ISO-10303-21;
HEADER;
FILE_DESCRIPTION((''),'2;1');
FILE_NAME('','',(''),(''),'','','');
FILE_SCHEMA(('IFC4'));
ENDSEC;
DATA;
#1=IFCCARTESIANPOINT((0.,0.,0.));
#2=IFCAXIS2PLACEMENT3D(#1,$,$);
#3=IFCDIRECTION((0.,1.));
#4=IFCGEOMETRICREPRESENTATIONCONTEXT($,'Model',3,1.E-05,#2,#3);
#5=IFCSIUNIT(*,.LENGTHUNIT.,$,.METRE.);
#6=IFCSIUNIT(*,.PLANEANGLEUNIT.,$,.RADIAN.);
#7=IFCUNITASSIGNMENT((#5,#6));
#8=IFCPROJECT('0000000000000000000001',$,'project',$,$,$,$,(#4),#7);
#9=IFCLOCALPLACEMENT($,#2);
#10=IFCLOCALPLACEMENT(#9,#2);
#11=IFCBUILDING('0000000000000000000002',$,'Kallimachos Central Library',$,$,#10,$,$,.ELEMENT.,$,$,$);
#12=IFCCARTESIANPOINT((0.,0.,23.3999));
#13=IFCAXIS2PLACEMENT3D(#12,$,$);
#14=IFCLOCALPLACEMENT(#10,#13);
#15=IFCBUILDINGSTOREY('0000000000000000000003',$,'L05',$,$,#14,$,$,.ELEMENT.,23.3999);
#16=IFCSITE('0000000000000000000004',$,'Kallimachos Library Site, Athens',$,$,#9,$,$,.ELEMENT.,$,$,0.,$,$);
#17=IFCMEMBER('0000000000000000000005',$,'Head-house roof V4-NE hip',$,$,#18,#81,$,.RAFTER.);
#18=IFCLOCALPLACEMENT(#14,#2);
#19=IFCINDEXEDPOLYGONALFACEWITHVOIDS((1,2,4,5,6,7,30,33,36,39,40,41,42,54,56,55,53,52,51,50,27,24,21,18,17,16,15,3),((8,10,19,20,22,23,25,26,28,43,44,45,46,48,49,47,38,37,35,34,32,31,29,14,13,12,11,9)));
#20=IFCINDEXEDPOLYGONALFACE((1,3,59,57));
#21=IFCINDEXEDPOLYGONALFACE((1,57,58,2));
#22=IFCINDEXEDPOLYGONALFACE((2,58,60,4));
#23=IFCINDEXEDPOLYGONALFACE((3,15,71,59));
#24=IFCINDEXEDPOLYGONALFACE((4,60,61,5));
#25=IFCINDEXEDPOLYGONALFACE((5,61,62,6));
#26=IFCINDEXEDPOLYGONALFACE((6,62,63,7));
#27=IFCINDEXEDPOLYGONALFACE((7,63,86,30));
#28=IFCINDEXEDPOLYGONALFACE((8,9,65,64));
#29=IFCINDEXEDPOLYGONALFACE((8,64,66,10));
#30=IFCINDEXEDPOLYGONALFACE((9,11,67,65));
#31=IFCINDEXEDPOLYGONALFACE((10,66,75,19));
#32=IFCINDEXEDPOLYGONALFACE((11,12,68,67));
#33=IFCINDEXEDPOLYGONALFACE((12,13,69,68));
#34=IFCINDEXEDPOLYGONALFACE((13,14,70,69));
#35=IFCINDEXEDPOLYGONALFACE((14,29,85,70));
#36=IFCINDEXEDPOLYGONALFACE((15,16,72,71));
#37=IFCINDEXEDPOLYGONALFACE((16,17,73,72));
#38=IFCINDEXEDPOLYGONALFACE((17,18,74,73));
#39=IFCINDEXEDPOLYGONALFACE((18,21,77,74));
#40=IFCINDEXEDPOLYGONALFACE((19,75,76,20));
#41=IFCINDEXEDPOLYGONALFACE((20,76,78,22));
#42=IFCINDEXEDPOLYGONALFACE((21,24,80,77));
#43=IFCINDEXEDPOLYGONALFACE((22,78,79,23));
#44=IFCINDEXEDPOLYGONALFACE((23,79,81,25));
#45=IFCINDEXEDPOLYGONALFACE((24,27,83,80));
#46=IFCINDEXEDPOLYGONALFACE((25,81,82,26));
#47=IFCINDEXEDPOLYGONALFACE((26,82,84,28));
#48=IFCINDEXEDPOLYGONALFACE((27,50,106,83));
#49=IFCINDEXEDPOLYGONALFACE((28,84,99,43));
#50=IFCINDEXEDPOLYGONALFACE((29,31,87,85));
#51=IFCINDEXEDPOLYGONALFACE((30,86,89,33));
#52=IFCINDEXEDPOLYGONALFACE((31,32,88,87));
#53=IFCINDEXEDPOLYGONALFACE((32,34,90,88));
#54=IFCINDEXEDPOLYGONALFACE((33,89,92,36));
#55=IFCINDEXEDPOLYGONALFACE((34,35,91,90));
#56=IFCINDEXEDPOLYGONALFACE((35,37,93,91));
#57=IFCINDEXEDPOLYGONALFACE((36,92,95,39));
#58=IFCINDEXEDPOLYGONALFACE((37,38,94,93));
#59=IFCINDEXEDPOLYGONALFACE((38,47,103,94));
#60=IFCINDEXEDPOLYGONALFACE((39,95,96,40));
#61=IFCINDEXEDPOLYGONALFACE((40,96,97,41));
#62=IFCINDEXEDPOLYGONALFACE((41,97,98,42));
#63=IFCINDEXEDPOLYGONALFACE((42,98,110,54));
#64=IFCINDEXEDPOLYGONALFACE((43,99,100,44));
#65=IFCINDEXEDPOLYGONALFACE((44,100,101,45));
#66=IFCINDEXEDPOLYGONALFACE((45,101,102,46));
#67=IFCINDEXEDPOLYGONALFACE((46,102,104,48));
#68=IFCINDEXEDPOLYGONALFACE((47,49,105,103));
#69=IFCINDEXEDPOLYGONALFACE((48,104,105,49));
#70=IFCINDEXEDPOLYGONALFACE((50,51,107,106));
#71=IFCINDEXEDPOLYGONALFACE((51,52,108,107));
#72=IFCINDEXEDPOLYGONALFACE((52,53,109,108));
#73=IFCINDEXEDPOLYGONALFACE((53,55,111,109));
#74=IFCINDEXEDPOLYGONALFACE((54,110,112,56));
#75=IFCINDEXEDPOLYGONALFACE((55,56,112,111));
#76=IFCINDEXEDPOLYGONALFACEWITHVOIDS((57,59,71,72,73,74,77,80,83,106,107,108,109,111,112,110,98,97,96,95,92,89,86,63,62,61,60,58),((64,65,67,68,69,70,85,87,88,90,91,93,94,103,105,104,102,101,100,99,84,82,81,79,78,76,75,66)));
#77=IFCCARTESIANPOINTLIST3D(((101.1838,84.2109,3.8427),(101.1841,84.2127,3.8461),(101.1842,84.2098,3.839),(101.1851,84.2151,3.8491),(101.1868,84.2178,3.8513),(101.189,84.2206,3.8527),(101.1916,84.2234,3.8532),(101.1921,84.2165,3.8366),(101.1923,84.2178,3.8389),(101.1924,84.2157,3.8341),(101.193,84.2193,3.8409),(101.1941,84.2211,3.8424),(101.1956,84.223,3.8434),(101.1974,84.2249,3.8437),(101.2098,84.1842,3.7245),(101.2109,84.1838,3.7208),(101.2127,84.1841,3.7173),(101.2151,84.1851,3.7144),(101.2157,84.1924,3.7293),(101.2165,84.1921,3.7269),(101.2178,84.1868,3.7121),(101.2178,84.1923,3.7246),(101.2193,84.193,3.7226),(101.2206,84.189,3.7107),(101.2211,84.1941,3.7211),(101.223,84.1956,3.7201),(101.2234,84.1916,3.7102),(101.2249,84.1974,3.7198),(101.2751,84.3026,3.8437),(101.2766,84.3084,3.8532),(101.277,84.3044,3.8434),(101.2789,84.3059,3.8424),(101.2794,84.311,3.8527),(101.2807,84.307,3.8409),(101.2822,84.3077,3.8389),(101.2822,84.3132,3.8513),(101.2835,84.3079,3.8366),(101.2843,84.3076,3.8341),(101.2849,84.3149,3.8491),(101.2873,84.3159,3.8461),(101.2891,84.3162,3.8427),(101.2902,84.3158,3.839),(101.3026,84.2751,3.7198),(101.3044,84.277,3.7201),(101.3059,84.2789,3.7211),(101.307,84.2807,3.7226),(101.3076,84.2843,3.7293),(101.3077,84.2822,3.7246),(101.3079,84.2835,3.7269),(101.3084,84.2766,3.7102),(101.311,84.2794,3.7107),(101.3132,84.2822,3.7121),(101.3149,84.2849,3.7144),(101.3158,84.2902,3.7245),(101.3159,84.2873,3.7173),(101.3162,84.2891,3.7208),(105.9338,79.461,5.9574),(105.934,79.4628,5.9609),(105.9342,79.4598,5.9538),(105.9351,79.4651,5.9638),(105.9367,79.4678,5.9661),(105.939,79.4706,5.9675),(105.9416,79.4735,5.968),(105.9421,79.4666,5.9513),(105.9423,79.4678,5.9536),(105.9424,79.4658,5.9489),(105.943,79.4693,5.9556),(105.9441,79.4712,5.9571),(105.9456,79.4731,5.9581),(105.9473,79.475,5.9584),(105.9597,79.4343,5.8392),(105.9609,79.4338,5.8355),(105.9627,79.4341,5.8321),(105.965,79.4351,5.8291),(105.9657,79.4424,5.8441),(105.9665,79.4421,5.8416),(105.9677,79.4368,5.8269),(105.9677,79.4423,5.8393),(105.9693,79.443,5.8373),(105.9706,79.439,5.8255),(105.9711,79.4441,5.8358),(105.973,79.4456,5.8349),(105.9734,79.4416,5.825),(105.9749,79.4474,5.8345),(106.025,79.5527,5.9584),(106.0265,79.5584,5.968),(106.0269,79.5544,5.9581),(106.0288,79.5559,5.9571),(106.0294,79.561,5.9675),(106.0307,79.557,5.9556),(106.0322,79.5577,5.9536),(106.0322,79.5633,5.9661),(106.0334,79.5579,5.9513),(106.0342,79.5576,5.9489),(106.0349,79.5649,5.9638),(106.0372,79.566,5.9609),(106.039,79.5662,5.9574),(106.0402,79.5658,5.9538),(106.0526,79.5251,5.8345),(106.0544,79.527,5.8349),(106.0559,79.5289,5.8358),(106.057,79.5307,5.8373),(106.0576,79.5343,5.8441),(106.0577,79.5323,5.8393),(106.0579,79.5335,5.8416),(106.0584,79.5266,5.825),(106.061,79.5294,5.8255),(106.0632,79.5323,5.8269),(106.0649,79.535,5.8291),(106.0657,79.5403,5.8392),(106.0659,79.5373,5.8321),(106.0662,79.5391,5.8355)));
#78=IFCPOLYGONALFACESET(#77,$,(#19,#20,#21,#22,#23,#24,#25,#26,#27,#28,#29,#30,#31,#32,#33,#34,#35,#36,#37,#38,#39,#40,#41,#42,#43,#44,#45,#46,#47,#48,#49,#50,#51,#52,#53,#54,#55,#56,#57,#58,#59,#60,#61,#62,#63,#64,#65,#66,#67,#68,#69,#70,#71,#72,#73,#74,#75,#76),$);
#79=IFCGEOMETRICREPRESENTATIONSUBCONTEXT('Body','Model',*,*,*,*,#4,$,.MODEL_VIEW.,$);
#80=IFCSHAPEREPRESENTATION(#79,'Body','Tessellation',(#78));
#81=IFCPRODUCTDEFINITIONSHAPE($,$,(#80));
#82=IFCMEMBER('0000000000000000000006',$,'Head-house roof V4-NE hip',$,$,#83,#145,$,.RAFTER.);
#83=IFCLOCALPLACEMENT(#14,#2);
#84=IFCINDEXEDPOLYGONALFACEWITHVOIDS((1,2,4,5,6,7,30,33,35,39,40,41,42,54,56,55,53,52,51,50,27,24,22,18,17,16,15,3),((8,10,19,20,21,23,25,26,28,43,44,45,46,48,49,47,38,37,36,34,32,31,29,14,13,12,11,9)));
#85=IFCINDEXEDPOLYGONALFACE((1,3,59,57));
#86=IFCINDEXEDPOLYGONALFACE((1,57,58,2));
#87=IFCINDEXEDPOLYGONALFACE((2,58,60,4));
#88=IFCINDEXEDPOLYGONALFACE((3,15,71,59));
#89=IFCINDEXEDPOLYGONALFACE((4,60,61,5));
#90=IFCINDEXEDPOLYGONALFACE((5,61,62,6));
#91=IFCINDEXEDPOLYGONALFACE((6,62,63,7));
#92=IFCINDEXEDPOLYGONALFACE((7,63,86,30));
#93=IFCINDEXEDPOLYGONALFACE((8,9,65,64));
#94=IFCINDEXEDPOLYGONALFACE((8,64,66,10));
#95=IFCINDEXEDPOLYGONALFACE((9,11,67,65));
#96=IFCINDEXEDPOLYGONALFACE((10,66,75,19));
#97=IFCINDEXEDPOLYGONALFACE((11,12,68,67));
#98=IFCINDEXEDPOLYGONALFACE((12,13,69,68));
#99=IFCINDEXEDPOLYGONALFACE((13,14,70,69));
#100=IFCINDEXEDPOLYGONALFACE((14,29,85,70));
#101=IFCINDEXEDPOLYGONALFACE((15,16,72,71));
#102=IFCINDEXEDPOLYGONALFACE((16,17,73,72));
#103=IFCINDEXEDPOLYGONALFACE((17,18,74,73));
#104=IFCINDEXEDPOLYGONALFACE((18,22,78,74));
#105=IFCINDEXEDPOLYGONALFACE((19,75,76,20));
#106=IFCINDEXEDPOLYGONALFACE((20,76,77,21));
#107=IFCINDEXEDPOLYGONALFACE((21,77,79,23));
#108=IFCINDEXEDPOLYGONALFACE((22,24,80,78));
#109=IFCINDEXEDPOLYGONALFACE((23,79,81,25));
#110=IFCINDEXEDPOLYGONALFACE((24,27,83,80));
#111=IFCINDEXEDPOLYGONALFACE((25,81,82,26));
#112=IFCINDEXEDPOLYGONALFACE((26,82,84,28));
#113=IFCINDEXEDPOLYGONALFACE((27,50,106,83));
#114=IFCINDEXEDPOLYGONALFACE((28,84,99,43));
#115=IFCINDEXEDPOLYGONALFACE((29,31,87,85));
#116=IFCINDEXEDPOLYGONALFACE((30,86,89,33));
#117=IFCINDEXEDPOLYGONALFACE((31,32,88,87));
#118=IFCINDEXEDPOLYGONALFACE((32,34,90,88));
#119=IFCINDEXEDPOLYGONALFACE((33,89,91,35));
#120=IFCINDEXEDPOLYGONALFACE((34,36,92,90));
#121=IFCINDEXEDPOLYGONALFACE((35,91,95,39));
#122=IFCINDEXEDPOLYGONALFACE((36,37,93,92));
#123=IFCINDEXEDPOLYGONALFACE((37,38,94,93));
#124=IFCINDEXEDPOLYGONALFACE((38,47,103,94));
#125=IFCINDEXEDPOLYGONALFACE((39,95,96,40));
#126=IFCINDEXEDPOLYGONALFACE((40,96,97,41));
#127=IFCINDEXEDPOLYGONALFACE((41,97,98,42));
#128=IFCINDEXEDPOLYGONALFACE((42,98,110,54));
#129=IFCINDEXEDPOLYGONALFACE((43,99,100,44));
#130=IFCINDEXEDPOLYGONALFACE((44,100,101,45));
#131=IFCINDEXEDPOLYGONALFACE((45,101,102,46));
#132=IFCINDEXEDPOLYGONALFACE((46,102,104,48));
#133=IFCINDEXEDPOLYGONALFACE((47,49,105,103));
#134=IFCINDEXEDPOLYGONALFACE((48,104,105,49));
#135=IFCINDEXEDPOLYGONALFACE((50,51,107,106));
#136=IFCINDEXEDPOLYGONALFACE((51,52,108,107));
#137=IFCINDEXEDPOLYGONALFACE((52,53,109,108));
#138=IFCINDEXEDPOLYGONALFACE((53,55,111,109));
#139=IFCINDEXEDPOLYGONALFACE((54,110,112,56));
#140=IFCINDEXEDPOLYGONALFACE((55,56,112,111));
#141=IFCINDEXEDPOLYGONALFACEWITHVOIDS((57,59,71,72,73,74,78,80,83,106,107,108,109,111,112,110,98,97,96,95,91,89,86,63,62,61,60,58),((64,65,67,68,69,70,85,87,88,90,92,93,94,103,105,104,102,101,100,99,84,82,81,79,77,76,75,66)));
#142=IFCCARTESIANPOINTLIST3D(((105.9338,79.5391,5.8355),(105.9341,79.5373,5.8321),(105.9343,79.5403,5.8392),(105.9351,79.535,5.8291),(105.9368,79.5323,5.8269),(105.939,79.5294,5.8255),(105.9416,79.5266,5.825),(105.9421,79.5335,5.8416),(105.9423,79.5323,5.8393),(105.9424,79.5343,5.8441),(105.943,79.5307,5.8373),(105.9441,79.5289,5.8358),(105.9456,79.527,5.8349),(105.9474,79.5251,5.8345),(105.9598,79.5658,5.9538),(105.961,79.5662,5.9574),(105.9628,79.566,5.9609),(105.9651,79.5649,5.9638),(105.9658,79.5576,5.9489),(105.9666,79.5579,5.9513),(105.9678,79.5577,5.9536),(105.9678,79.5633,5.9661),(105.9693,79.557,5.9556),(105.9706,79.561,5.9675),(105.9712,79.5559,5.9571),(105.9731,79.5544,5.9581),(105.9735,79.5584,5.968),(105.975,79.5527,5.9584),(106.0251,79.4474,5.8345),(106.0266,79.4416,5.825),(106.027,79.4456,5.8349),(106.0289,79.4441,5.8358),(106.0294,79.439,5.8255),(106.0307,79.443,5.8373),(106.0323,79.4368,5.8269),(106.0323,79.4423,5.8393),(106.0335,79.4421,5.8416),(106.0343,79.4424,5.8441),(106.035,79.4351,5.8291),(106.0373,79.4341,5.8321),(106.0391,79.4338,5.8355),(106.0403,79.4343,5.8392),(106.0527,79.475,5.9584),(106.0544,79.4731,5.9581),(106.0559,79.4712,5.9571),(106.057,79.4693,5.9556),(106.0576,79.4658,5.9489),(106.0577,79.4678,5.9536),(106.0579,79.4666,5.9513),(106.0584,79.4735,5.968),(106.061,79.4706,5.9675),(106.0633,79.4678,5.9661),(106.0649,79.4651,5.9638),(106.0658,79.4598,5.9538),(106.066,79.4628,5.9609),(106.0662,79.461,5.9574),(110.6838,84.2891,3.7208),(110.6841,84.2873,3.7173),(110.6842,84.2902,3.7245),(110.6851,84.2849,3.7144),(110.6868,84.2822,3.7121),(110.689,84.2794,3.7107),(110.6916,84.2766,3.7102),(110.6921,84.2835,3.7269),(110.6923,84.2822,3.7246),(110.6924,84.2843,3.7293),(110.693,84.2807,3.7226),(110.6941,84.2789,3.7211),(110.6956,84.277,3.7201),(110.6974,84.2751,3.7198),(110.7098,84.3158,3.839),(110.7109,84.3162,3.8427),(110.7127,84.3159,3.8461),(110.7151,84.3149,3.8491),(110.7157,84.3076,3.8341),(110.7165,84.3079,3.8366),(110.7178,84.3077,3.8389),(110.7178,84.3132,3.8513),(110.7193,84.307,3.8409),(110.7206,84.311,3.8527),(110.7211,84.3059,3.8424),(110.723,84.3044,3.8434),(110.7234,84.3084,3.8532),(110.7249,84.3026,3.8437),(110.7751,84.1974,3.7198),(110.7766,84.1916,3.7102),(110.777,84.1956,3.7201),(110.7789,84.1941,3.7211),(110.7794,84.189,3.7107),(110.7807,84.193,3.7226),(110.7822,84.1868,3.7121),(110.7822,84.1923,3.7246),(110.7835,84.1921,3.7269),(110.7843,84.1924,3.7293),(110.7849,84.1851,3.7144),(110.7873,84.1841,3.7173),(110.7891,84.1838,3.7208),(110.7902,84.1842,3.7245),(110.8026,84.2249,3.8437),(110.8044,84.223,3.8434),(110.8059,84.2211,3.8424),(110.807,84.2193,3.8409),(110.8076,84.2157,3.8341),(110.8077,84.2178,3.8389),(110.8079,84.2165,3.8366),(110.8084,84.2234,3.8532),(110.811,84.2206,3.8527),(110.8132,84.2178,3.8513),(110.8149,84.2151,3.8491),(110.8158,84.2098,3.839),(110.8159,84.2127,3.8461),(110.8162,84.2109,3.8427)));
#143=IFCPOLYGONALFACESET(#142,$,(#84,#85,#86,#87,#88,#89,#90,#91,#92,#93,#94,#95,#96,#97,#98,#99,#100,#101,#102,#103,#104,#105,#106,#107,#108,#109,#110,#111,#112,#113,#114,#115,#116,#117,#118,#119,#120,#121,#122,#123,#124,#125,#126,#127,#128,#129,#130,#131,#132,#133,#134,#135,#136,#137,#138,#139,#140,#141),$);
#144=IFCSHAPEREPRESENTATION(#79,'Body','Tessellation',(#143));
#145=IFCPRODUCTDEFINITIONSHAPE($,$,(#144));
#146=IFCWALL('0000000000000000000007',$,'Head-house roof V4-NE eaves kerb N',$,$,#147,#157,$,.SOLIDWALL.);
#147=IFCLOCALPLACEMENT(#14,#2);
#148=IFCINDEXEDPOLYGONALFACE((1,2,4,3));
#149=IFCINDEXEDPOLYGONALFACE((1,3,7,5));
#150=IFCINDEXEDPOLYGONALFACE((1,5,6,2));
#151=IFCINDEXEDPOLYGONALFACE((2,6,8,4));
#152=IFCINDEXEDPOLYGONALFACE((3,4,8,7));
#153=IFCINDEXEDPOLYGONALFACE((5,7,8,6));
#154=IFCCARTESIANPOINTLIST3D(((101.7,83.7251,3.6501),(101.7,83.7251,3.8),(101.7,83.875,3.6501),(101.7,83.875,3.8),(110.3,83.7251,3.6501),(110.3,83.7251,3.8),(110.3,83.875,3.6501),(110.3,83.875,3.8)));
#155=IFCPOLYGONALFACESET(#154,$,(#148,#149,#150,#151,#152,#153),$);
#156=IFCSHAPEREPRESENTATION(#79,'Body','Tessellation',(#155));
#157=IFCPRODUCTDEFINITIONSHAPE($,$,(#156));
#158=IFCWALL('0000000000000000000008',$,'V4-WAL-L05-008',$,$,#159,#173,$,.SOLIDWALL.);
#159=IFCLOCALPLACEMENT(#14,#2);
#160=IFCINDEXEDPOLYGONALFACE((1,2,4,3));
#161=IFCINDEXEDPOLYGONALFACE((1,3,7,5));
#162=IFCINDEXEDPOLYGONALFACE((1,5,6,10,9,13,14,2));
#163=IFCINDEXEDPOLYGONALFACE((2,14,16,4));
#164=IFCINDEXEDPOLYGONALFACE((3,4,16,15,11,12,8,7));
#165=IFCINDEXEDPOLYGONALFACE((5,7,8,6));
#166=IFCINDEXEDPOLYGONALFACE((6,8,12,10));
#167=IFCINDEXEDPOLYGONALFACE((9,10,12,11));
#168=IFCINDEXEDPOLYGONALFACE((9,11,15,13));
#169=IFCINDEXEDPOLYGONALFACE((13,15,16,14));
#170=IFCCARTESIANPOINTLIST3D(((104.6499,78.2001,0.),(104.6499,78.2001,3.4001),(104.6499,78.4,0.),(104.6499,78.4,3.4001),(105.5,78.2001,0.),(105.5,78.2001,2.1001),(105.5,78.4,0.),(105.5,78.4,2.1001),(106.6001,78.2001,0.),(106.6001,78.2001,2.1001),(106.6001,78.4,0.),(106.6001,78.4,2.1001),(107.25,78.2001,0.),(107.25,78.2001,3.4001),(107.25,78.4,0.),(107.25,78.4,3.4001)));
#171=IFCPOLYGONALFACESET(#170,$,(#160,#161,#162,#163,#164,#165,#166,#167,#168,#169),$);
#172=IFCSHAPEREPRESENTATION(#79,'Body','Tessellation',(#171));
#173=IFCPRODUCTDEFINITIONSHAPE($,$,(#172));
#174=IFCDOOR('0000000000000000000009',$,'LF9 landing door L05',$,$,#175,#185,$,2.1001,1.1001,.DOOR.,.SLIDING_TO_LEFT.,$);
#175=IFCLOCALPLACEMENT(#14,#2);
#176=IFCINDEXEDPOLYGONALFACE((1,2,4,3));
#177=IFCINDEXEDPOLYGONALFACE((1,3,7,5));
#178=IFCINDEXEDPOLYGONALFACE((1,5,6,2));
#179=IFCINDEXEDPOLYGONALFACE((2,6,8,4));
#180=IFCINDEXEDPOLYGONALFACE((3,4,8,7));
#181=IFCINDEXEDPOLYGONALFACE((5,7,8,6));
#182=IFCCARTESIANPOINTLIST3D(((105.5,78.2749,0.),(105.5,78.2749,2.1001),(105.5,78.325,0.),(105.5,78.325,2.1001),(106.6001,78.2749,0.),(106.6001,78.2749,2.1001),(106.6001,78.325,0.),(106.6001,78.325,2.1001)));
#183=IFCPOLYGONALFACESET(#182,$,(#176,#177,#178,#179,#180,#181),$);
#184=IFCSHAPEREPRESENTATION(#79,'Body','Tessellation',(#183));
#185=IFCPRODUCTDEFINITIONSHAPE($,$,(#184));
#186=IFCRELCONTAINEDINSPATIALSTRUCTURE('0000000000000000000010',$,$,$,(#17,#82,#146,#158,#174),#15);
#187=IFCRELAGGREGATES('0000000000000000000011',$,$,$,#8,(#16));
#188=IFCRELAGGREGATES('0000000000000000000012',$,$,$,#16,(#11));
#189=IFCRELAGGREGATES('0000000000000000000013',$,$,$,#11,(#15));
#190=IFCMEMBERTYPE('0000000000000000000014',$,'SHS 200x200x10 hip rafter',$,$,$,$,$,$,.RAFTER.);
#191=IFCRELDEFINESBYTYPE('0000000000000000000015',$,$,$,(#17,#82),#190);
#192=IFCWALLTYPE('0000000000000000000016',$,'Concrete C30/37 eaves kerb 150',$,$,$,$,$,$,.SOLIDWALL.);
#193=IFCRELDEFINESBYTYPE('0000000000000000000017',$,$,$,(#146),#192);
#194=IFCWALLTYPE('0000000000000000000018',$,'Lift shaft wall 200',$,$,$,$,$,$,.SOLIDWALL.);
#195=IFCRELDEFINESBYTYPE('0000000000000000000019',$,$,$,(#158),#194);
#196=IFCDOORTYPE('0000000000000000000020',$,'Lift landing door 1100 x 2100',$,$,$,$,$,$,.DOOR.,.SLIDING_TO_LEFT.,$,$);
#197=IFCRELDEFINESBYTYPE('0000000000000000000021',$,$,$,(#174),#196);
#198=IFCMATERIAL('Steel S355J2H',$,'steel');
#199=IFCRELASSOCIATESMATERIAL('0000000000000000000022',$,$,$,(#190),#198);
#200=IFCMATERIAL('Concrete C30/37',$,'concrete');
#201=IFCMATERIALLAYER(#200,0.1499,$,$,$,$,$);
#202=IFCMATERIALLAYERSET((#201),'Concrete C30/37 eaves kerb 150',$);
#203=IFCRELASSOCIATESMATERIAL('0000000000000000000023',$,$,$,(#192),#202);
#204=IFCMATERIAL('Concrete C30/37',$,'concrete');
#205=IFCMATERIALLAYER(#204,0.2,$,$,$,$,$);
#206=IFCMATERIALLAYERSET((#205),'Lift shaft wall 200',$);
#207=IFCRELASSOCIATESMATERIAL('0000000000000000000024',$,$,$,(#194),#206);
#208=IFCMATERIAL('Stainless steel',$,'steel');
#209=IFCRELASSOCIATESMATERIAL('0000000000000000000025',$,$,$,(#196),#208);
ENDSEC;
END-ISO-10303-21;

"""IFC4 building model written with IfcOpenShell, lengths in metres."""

from ifc_helpers import new_model, si_unit, direction, frame, frame_2d, origin, origin_2d, place, context, subcontext, project, spatial, rectangle, hollow_rectangle, extrude, material, layer, layer_set, material_profile, profile_set, type_object, element, fill, save


model = new_model("IFC4")

# Units and contexts
model_context = context("Model", 3, precision=1e-05, world=origin(), true_north=direction((0.0, 1.0)))
body_context = subcontext(model_context, "Body", "Model", "MODEL_VIEW")
ifc_project = project(units=[si_unit("LENGTHUNIT", "METRE"), si_unit("PLANEANGLEUNIT", "RADIAN")], contexts=[model_context])

# Site, building, storey
site_placement = place(None, origin())
site = spatial("IfcSite", under=ifc_project, at=site_placement, Name="Kallimachos Library Site, Athens", CompositionType="ELEMENT", RefElevation=0.0)
building_placement = place(site_placement, origin())
building = spatial("IfcBuilding", under=site, at=building_placement, Name="Kallimachos Central Library", CompositionType="ELEMENT")
storey_placement = place(building_placement, frame((0.0, 0.0, 23.3999)))
storey = spatial("IfcBuildingStorey", under=building, at=storey_placement, Name="L05", CompositionType="ELEMENT", Elevation=23.3999)

# Members
ifc_material_1 = material(Name="Steel S355J2H", Category="steel")
ifc_material_profile_1 = material_profile(ifc_material_1, hollow_rectangle(XDim=0.1499, YDim=0.1499, WallThickness=0.01, InnerFilletRadius=0.01, OuterFilletRadius=0.0149, at=origin_2d()), Name="SHS 150x150x10")
ifc_profile_set_1 = profile_set([ifc_material_profile_1], Name="Steel S355J2H")
member_type_1 = type_object("IfcMemberType", Name="SHS 200x200x10 hip rafter", PredefinedType="RAFTER", material=ifc_profile_set_1)
for number, where, z_axis, x_axis, name in (
    (1, (101.25, 84.25, 3.7817), (0.674474, -0.674474, 0.300282), (0.707107, 0.707107, 0.0), "Head-house roof V4-NE hip"),
    (2, (110.75, 84.25, 3.7817), (-0.674474, -0.674474, 0.300282), (0.707107, -0.707107, 0.0), "Head-house roof V4-NE hip"),
):
    element("IfcMember", number, at=place(storey_placement, frame(where, z_axis=z_axis, x_axis=x_axis)), inside=storey, type_object=member_type_1, Name=name, PredefinedType="RAFTER", context=body_context, shape_type="SweptSolid", body=[
        extrude(hollow_rectangle(XDim=0.1499, YDim=0.1499, WallThickness=0.01, InnerFilletRadius=0.01, OuterFilletRadius=0.0149, at=origin_2d()), origin(), (0.0, 0.0, 1.0), 7.0425),
    ])

# Wall
ifc_material_2 = material(Name="Concrete C30/37", Category="concrete")
ifc_layer_1 = layer(ifc_material_2, 0.1499)
ifc_layer_set_1 = layer_set([ifc_layer_1], Name="Concrete C30/37 eaves kerb 150")
wall_type_1 = type_object("IfcWallType", Name="Concrete C30/37 eaves kerb 150", PredefinedType="SOLIDWALL", material=ifc_layer_set_1)
wall_1_placement = place(storey_placement, frame((101.7, 83.8, 3.6501), z_axis=(0.0, 0.0, 1.0), x_axis=(1.0, 0.0, 0.0)))
element("IfcWall", 3, at=wall_1_placement, inside=storey, type_object=wall_type_1, Name="Head-house roof V4-NE eaves kerb N", PredefinedType="SOLIDWALL", context=body_context, shape_type="SweptSolid", body=[
    extrude(rectangle(XDim=8.6001, YDim=0.1499, at=frame_2d((4.3, 0.0))), origin(), (0.0, 0.0, 1.0), 0.1499),
])

# Wall, opening, door
ifc_material_3 = material(Name="Concrete C30/37", Category="concrete")
ifc_layer_2 = layer(ifc_material_3, 0.2)
ifc_layer_set_2 = layer_set([ifc_layer_2], Name="Lift shaft wall 200")
wall_type_2 = type_object("IfcWallType", Name="Lift shaft wall 200", PredefinedType="SOLIDWALL", material=ifc_layer_set_2)
wall_2_placement = place(storey_placement, frame((104.6499, 78.3, 0.0), z_axis=(0.0, 0.0, 1.0), x_axis=(1.0, 0.0, 0.0)))
wall_2 = element("IfcWall", 4, at=wall_2_placement, inside=storey, type_object=wall_type_2, Name="V4-WAL-L05-008", PredefinedType="SOLIDWALL", context=body_context, shape_type="SweptSolid", body=[
    extrude(rectangle(XDim=2.6001, YDim=0.2, at=frame_2d((1.3, 0.0))), origin(), (0.0, 0.0, 1.0), 3.4001),
])
opening_1_placement = place(wall_2_placement, frame((0.8501, 0.0, 0.0)))
opening_1 = element("IfcOpeningElement", 5, at=opening_1_placement, cuts=wall_2, PredefinedType="OPENING", context=body_context, shape_type="SweptSolid", body=[
    extrude(rectangle(XDim=1.1001, YDim=2.1001, at=frame_2d((0.55, 1.05))), frame((0.0, 0.1099, 0.0), z_axis=(0.0, -1.0, 0.0), x_axis=(1.0, 0.0, 0.0)), (0.0, 0.0, 1.0), 0.22),
])
ifc_material_4 = material(Name="Stainless steel", Category="steel")
door_type_1 = type_object("IfcDoorType", Name="Lift landing door 1100 x 2100", OperationType="SLIDING_TO_LEFT", PredefinedType="DOOR", material=ifc_material_4)
door_1_placement = place(opening_1_placement, origin())
door_1 = element("IfcDoor", 6, at=door_1_placement, inside=storey, type_object=door_type_1, Name="LF9 landing door L05", OperationType="SLIDING_TO_LEFT", OverallHeight=2.1001, OverallWidth=1.1001, PredefinedType="DOOR", context=body_context, shape_type="SweptSolid", body=[
    extrude(rectangle(XDim=1.1001, YDim=2.1001, at=frame_2d((0.55, 1.05))), frame((0.0, 0.0249, 0.0), z_axis=(0.0, -1.0, 0.0), x_axis=(1.0, 0.0, 0.0)), (0.0, 0.0, 1.0), 0.05),
])
fill(opening_1, door_1)

save(model, "model.ifc")
